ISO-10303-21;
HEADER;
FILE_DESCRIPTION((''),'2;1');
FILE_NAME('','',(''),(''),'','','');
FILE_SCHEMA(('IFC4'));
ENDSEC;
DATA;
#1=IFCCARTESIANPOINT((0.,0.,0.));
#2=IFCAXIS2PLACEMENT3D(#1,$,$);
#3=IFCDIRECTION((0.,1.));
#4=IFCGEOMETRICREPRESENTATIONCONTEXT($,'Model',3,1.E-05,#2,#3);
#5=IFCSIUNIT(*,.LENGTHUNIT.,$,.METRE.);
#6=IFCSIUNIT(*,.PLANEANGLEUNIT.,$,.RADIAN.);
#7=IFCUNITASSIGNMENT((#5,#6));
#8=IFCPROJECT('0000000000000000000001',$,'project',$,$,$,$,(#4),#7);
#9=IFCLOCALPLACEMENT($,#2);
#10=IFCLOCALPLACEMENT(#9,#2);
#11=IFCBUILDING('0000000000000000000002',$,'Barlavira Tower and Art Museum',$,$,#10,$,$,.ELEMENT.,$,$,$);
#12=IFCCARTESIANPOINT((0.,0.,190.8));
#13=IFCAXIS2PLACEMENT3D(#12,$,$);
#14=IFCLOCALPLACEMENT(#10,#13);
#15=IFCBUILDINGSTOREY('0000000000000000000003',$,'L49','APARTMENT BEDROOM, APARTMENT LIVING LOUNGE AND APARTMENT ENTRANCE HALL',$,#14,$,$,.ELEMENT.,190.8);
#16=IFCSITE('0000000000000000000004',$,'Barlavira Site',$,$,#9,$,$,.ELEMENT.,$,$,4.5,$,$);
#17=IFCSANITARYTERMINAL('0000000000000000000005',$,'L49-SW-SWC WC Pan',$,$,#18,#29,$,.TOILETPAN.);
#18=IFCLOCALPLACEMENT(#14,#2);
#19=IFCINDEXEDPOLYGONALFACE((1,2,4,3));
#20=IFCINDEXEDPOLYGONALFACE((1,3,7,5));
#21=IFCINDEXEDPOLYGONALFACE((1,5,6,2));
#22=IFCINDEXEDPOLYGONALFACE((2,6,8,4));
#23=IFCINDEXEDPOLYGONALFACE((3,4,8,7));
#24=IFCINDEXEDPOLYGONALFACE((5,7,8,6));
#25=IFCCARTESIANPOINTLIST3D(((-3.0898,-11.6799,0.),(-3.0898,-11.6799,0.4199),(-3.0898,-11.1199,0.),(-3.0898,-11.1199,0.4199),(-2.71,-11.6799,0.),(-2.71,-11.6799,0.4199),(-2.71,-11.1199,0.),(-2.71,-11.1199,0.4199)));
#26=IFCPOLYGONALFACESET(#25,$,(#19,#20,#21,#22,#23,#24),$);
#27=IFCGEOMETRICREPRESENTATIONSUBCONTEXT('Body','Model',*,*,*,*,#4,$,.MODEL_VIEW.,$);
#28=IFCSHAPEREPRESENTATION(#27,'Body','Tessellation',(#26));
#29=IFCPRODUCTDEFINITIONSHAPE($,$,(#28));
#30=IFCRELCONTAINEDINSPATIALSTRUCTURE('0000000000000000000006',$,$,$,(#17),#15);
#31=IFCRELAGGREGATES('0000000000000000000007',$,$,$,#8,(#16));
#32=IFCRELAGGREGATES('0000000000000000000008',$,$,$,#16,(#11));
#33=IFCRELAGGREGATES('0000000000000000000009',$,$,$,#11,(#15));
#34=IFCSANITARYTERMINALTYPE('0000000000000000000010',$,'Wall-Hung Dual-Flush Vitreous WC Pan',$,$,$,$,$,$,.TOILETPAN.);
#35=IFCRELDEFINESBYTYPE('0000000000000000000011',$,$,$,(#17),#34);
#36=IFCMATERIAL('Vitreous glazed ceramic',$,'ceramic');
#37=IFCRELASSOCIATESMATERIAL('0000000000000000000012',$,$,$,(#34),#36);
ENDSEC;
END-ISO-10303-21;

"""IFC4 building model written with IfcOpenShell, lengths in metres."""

from ifc_helpers import new_model, si_unit, direction, frame, origin, origin_2d, place, context, subcontext, project, spatial, rectangle, extrude, material, type_object, element, save


model = new_model("IFC4")

# Units and contexts
model_context = context("Model", 3, precision=1e-05, world=origin(), true_north=direction((0.0, 1.0)))
body_context = subcontext(model_context, "Body", "Model", "MODEL_VIEW")
ifc_project = project(units=[si_unit("LENGTHUNIT", "METRE"), si_unit("PLANEANGLEUNIT", "RADIAN")], contexts=[model_context])

# Site, building, storey
site_placement = place(None, origin())
site = spatial("IfcSite", under=ifc_project, at=site_placement, Name="Barlavira Site", CompositionType="ELEMENT", RefElevation=4.5)
building_placement = place(site_placement, origin())
building = spatial("IfcBuilding", under=site, at=building_placement, Name="Barlavira Tower and Art Museum", CompositionType="ELEMENT")
storey_placement = place(building_placement, frame((0.0, 0.0, 190.8)))
storey = spatial("IfcBuildingStorey", under=building, at=storey_placement, Name="L49", Description="APARTMENT BEDROOM, APARTMENT LIVING LOUNGE AND APARTMENT ENTRANCE HALL", CompositionType="ELEMENT", Elevation=190.8)

# Sanitary terminal
ifc_material_1 = material(Name="Vitreous glazed ceramic", Category="ceramic")
sanitary_terminal_type_1 = type_object("IfcSanitaryTerminalType", Name="Wall-Hung Dual-Flush Vitreous WC Pan", PredefinedType="TOILETPAN", material=ifc_material_1)
sanitary_terminal_1_placement = place(storey_placement, frame((-2.8999, -11.3999, 0.0), z_axis=(0.0, 0.0, 1.0), x_axis=(1.0, 0.0, 0.0)))
element("IfcSanitaryTerminal", 1, at=sanitary_terminal_1_placement, inside=storey, type_object=sanitary_terminal_type_1, Name="L49-SW-SWC WC Pan", PredefinedType="TOILETPAN", context=body_context, shape_type="SweptSolid", body=[
    extrude(rectangle(XDim=0.3799, YDim=0.5601, at=origin_2d()), origin(), (0.0, 0.0, 1.0), 0.4199),
])

save(model, "model.ifc")
